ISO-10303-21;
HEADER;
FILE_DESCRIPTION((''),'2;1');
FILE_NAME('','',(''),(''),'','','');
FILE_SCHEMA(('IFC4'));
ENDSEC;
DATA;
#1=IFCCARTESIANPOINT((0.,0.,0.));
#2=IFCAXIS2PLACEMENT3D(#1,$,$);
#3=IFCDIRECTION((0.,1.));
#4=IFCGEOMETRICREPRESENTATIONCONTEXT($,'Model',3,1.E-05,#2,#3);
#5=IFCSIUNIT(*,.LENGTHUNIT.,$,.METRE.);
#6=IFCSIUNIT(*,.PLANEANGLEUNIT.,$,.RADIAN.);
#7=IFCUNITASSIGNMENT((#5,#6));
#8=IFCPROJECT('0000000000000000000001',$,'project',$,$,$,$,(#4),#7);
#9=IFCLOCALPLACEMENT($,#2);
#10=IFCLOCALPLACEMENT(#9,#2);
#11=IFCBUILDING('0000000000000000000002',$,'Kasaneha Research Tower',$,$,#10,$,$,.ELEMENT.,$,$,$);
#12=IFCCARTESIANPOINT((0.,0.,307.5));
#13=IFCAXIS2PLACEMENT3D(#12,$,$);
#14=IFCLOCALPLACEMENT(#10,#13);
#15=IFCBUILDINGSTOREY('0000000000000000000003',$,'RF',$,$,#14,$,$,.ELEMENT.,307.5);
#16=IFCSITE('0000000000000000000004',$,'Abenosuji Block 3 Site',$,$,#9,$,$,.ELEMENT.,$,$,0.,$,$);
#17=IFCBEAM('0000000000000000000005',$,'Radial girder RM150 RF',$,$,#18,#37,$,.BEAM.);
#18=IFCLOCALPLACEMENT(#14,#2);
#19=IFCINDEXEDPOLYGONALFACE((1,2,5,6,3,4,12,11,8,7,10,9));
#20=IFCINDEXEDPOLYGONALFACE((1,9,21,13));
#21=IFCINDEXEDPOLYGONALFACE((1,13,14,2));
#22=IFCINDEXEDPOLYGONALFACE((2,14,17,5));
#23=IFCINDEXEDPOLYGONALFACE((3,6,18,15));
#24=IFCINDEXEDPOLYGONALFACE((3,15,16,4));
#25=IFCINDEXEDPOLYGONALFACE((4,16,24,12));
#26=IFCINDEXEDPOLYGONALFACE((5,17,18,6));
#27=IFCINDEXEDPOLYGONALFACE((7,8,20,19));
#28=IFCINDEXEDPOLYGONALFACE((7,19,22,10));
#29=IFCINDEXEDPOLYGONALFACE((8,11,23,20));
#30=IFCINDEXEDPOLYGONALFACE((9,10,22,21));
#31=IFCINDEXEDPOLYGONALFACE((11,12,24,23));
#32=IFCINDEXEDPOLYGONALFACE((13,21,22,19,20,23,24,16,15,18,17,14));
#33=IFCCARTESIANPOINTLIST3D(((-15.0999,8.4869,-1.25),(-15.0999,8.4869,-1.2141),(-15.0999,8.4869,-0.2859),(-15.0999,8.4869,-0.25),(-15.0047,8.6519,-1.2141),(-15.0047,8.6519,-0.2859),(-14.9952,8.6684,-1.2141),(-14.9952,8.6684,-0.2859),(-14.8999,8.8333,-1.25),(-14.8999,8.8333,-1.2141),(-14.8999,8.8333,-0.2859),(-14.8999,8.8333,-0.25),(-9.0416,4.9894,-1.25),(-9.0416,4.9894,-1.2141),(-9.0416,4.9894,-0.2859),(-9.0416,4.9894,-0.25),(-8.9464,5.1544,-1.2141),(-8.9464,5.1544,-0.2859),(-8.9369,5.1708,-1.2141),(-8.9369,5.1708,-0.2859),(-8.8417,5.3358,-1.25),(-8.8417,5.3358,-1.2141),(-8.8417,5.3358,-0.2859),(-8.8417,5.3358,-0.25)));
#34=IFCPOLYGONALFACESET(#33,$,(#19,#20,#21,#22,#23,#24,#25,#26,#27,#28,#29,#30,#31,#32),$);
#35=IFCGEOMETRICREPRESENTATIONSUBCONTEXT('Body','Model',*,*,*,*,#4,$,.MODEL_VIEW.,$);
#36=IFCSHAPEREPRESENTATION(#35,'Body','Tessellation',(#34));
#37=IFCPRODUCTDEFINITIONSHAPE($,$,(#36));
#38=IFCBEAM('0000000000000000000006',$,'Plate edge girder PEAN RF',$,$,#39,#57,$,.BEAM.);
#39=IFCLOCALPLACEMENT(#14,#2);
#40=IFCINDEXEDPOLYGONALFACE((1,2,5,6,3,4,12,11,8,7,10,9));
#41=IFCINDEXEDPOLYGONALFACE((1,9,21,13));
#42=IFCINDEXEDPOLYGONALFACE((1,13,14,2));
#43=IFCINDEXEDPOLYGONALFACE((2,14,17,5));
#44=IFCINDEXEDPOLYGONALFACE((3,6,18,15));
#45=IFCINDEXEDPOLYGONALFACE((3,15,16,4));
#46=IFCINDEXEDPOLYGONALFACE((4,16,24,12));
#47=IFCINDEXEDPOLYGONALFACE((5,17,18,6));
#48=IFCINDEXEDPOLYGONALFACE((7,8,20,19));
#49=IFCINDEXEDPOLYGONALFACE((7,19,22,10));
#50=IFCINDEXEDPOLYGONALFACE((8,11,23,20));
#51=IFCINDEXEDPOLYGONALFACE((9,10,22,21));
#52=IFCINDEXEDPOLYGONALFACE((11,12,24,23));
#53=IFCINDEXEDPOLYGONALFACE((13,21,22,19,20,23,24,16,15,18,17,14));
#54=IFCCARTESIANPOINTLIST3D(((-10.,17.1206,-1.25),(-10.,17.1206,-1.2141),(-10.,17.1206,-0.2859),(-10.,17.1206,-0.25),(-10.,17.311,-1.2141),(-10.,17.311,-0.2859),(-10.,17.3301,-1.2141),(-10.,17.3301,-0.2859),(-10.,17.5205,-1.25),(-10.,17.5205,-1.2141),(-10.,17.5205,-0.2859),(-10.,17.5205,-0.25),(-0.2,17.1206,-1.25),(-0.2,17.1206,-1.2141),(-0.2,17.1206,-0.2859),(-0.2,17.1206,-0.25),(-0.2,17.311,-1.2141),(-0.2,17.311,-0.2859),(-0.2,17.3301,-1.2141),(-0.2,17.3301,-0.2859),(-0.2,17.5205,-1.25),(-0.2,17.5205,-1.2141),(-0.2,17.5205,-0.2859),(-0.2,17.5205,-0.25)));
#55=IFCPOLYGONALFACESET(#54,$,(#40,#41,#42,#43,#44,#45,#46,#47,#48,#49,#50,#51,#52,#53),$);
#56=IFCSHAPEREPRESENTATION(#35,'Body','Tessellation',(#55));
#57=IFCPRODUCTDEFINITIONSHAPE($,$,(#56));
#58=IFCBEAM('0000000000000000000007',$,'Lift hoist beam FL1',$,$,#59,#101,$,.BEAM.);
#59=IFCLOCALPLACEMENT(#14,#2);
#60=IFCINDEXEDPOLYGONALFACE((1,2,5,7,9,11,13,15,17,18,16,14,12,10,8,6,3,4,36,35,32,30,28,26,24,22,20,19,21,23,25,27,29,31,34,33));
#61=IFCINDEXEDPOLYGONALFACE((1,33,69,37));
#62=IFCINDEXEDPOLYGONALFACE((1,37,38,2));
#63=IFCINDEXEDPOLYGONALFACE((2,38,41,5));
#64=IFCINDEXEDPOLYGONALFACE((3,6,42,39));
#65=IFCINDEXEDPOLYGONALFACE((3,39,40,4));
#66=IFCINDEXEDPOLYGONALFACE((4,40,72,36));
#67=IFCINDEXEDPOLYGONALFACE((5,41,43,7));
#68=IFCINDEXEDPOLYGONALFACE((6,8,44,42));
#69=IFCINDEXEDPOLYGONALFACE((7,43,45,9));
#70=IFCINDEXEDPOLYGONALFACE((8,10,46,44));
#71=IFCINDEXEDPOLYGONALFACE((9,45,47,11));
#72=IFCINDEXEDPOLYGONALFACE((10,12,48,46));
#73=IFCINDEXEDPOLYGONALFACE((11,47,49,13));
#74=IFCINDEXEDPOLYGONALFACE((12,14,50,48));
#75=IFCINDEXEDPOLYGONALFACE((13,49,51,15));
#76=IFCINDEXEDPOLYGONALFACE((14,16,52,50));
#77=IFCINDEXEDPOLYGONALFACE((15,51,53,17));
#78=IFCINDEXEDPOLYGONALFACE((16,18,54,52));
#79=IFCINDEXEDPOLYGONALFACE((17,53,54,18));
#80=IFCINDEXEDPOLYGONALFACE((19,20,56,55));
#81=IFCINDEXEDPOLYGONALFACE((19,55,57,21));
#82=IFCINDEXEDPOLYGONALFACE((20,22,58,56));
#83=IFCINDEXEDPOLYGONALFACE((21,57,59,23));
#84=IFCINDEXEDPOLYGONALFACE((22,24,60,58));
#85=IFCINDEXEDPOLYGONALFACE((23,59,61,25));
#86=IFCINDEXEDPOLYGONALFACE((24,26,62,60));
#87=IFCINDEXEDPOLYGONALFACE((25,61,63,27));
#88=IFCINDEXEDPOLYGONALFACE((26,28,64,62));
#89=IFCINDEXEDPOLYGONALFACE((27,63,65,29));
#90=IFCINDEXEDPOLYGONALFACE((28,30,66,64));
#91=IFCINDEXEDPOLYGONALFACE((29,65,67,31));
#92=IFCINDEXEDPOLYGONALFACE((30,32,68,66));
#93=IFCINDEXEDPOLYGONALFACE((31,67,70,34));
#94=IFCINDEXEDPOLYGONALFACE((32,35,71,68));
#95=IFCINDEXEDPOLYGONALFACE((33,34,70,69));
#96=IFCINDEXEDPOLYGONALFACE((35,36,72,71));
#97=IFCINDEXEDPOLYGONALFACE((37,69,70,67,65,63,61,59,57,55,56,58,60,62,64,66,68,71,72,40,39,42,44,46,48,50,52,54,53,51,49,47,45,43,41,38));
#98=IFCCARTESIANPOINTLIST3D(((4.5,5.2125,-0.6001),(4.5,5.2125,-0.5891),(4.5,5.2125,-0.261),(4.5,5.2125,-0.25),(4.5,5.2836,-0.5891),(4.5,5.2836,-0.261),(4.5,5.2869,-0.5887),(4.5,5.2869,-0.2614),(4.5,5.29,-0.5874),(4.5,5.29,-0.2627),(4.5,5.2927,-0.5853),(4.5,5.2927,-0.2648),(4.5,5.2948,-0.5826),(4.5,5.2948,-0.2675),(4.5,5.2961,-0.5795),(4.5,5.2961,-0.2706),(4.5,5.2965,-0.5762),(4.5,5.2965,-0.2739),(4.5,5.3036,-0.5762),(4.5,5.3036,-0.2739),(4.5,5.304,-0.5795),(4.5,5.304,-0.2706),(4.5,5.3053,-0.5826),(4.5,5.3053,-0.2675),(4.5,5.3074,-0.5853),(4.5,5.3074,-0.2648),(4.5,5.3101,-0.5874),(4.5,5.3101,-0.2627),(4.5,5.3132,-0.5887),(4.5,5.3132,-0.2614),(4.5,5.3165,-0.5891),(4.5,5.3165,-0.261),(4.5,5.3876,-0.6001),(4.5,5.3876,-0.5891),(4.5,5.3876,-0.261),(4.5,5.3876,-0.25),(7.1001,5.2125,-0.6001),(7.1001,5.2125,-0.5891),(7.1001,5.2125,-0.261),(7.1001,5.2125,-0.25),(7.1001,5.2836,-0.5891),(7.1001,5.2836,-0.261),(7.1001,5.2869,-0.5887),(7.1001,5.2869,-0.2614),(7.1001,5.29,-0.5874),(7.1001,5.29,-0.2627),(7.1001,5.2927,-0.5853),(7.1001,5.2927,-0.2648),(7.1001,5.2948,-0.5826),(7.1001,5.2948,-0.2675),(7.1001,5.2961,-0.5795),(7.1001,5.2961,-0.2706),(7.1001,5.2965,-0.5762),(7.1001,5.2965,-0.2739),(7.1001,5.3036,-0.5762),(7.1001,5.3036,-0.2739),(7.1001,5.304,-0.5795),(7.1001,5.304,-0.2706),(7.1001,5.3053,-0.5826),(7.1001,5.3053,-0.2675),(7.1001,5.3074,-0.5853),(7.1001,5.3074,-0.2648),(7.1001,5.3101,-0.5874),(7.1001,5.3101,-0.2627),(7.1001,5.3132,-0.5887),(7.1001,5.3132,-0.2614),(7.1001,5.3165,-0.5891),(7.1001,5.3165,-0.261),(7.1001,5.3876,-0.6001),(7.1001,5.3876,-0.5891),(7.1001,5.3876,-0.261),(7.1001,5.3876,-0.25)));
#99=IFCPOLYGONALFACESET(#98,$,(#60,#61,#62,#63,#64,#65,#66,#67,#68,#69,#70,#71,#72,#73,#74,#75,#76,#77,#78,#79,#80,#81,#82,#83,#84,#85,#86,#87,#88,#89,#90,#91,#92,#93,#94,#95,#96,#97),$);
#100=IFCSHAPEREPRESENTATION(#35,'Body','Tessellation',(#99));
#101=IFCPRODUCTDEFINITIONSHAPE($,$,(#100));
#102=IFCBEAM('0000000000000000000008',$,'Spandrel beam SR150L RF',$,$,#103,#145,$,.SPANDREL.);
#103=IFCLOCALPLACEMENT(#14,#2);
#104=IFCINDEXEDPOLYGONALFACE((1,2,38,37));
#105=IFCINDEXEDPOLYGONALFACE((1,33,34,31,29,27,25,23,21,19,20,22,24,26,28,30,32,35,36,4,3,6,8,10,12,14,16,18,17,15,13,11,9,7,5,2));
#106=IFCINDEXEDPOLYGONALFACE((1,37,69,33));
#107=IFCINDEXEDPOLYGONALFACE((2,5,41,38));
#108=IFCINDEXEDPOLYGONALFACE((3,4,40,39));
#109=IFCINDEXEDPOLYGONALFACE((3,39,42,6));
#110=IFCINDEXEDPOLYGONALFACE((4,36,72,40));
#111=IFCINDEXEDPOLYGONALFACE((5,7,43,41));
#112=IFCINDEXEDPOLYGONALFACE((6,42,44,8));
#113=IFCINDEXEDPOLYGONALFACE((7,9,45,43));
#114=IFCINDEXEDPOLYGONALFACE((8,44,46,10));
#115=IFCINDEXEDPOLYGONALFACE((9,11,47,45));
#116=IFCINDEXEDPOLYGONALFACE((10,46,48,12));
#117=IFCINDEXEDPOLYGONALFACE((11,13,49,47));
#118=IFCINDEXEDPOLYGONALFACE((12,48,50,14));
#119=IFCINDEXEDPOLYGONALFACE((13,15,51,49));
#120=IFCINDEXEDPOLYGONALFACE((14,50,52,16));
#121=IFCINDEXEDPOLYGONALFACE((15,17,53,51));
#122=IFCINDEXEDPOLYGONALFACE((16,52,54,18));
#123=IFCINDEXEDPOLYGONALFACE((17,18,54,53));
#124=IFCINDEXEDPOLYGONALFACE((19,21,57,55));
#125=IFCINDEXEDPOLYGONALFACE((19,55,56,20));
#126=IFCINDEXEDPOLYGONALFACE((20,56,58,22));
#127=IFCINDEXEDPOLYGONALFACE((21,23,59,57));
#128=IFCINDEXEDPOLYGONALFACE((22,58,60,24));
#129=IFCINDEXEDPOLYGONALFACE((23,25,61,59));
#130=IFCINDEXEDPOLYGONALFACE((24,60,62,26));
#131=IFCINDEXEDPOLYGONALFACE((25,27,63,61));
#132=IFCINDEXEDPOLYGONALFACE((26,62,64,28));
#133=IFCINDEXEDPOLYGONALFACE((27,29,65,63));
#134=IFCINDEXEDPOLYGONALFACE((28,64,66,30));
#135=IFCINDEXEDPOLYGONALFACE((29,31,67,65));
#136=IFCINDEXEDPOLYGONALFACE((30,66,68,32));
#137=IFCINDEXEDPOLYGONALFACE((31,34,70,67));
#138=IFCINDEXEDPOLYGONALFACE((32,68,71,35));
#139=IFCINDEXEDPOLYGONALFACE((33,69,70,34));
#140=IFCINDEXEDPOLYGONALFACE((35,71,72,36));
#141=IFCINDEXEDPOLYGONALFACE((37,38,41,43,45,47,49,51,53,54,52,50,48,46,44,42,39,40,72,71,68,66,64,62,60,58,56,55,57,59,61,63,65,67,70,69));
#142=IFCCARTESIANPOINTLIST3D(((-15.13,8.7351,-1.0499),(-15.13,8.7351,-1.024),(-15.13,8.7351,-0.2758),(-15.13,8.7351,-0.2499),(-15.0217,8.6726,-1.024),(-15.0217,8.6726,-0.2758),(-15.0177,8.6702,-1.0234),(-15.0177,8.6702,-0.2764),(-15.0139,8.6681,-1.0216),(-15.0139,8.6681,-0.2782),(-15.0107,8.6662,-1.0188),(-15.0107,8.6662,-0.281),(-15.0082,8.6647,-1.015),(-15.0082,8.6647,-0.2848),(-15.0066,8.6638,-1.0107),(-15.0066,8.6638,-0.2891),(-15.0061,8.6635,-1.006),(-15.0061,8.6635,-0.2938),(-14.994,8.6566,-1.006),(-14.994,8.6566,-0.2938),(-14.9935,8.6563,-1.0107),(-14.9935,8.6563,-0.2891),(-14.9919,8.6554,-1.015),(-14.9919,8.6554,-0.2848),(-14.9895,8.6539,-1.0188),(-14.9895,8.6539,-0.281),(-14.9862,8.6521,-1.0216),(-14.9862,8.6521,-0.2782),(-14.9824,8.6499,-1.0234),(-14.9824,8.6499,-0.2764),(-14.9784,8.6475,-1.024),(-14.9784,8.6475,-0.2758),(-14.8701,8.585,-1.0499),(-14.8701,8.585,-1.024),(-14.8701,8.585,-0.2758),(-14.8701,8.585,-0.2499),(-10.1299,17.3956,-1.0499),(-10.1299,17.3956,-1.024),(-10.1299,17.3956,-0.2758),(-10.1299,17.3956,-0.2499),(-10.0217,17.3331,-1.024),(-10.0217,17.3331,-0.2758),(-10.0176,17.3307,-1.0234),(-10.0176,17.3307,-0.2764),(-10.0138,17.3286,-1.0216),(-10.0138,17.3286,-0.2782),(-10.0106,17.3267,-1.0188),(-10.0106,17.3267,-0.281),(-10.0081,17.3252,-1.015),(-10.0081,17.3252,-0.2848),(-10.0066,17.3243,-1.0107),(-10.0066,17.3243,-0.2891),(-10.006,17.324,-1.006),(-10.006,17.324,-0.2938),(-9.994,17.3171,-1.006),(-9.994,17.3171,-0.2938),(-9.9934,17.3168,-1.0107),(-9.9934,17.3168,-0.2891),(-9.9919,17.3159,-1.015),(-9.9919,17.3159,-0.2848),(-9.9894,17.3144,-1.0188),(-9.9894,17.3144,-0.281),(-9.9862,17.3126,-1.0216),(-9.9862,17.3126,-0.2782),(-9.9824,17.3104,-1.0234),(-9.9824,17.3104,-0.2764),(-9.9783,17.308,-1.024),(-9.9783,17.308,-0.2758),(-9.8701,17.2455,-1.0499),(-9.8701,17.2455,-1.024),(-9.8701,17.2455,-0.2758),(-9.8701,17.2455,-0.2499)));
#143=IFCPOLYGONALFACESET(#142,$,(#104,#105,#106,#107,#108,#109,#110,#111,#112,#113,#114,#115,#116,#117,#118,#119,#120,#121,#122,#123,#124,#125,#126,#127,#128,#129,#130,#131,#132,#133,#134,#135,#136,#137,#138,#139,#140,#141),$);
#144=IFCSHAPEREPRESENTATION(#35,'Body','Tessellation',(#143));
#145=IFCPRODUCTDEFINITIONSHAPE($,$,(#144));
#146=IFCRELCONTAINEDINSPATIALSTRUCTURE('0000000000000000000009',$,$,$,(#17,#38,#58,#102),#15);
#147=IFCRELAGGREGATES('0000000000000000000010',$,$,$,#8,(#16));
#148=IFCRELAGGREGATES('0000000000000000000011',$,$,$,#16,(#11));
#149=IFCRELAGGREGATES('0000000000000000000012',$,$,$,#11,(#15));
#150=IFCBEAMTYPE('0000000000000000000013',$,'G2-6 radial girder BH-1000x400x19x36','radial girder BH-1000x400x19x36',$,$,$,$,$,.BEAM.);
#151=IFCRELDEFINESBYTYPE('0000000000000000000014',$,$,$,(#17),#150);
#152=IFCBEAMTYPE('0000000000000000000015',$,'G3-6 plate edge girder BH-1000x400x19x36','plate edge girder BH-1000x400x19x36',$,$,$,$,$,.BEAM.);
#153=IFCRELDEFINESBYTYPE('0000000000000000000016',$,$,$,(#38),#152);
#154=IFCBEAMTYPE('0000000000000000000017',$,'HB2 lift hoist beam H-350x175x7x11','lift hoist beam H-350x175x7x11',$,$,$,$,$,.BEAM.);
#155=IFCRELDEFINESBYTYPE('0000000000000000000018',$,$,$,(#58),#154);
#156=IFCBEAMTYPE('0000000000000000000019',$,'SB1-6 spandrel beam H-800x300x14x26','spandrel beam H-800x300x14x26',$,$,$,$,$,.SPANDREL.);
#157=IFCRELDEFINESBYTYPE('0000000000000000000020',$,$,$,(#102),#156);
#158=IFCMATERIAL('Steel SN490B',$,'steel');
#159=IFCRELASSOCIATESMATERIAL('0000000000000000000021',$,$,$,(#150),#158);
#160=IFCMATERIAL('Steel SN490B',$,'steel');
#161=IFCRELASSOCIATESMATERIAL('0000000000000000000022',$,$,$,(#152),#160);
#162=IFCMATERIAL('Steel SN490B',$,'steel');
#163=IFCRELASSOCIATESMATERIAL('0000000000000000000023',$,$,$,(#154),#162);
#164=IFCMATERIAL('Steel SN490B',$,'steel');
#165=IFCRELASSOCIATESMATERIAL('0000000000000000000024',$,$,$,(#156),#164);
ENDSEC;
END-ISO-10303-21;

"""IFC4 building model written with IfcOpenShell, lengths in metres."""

from ifc_helpers import new_model, si_unit, direction, frame, origin, origin_2d, place, context, subcontext, project, spatial, i_section, extrude, material, material_profile, profile_set, type_object, element, save


model = new_model("IFC4")

# Units and contexts
model_context = context("Model", 3, precision=1e-05, world=origin(), true_north=direction((0.0, 1.0)))
body_context = subcontext(model_context, "Body", "Model", "MODEL_VIEW")
ifc_project = project(units=[si_unit("LENGTHUNIT", "METRE"), si_unit("PLANEANGLEUNIT", "RADIAN")], contexts=[model_context])

# Site, building, storey
site_placement = place(None, origin())
site = spatial("IfcSite", under=ifc_project, at=site_placement, Name="Abenosuji Block 3 Site", CompositionType="ELEMENT", RefElevation=0.0)
building_placement = place(site_placement, origin())
building = spatial("IfcBuilding", under=site, at=building_placement, Name="Kasaneha Research Tower", CompositionType="ELEMENT")
storey_placement = place(building_placement, frame((0.0, 0.0, 307.5)))
storey = spatial("IfcBuildingStorey", under=building, at=storey_placement, Name="RF", CompositionType="ELEMENT", Elevation=307.5)

# Beams
ifc_material_1 = material(Name="Steel SN490B", Category="steel")
ifc_material_profile_1 = material_profile(ifc_material_1, i_section(OverallWidth=0.3999, OverallDepth=1.0, WebThickness=0.019, FlangeThickness=0.0359, at=origin_2d()), Name="BH-1000x400x19x36")
ifc_profile_set_1 = profile_set([ifc_material_profile_1], Name="Steel SN490B")
beam_type_1 = type_object("IfcBeamType", Name="G2-6 radial girder BH-1000x400x19x36", Description="radial girder BH-1000x400x19x36", PredefinedType="BEAM", material=ifc_profile_set_1)
beam_1_placement = place(storey_placement, frame((-8.9417, 5.1626, -0.75), z_axis=(-0.86604, 0.499975, 0.0), x_axis=(-0.499975, -0.86604, 0.0)))
element("IfcBeam", 1, at=beam_1_placement, inside=storey, type_object=beam_type_1, Name="Radial girder RM150 RF", PredefinedType="BEAM", context=body_context, shape_type="SweptSolid", body=[
    extrude(i_section(OverallWidth=0.3999, OverallDepth=1.0, WebThickness=0.019, FlangeThickness=0.0359, at=origin_2d()), origin(), (0.0, 0.0, 1.0), 6.9954),
])
ifc_material_2 = material(Name="Steel SN490B", Category="steel")
ifc_material_profile_2 = material_profile(ifc_material_2, i_section(OverallWidth=0.3999, OverallDepth=1.0, WebThickness=0.019, FlangeThickness=0.0359, at=origin_2d()), Name="BH-1000x400x19x36")
ifc_profile_set_2 = profile_set([ifc_material_profile_2], Name="Steel SN490B")
beam_type_2 = type_object("IfcBeamType", Name="G3-6 plate edge girder BH-1000x400x19x36", Description="plate edge girder BH-1000x400x19x36", PredefinedType="BEAM", material=ifc_profile_set_2)
beam_2_placement = place(storey_placement, frame((-10.0, 17.3206, -0.75), z_axis=(1.0, 0.0, 0.0), x_axis=(0.0, 1.0, 0.0)))
element("IfcBeam", 2, at=beam_2_placement, inside=storey, type_object=beam_type_2, Name="Plate edge girder PEAN RF", PredefinedType="BEAM", context=body_context, shape_type="SweptSolid", body=[
    extrude(i_section(OverallWidth=0.3999, OverallDepth=1.0, WebThickness=0.019, FlangeThickness=0.0359, at=origin_2d()), origin(), (0.0, 0.0, 1.0), 9.8),
])
ifc_material_3 = material(Name="Steel SN490B", Category="steel")
ifc_material_profile_3 = material_profile(ifc_material_3, i_section(OverallWidth=0.175, OverallDepth=0.3501, WebThickness=0.0071, FlangeThickness=0.011, FilletRadius=0.0129, at=origin_2d()), Name="H-350x175x7x11")
ifc_profile_set_3 = profile_set([ifc_material_profile_3], Name="Steel SN490B")
beam_type_3 = type_object("IfcBeamType", Name="HB2 lift hoist beam H-350x175x7x11", Description="lift hoist beam H-350x175x7x11", PredefinedType="BEAM", material=ifc_profile_set_3)
beam_3_placement = place(storey_placement, frame((4.5, 5.3, -0.425), z_axis=(1.0, 0.0, 0.0), x_axis=(0.0, 1.0, 0.0)))
element("IfcBeam", 3, at=beam_3_placement, inside=storey, type_object=beam_type_3, Name="Lift hoist beam FL1", PredefinedType="BEAM", context=body_context, shape_type="SweptSolid", body=[
    extrude(i_section(OverallWidth=0.175, OverallDepth=0.3501, WebThickness=0.0071, FlangeThickness=0.011, FilletRadius=0.0129, at=origin_2d()), origin(), (0.0, 0.0, 1.0), 2.6001),
])
ifc_material_4 = material(Name="Steel SN490B", Category="steel")
ifc_material_profile_4 = material_profile(ifc_material_4, i_section(OverallWidth=0.3, OverallDepth=0.8, WebThickness=0.0139, FlangeThickness=0.0259, FilletRadius=0.0181, at=origin_2d()), Name="H-800x300x14x26")
ifc_profile_set_4 = profile_set([ifc_material_profile_4], Name="Steel SN490B")
beam_type_4 = type_object("IfcBeamType", Name="SB1-6 spandrel beam H-800x300x14x26", Description="spandrel beam H-800x300x14x26", PredefinedType="SPANDREL", material=ifc_profile_set_4)
beam_4_placement = place(storey_placement, frame((-10.0, 17.3206, -0.6499), z_axis=(-0.499994, -0.866029, 0.0), x_axis=(0.866029, -0.499994, 0.0)))
element("IfcBeam", 4, at=beam_4_placement, inside=storey, type_object=beam_type_4, Name="Spandrel beam SR150L RF", PredefinedType="SPANDREL", context=body_context, shape_type="SweptSolid", body=[
    extrude(i_section(OverallWidth=0.3, OverallDepth=0.8, WebThickness=0.0139, FlangeThickness=0.0259, FilletRadius=0.0181, at=origin_2d()), origin(), (0.0, 0.0, 1.0), 10.0002),
])

save(model, "model.ifc")
